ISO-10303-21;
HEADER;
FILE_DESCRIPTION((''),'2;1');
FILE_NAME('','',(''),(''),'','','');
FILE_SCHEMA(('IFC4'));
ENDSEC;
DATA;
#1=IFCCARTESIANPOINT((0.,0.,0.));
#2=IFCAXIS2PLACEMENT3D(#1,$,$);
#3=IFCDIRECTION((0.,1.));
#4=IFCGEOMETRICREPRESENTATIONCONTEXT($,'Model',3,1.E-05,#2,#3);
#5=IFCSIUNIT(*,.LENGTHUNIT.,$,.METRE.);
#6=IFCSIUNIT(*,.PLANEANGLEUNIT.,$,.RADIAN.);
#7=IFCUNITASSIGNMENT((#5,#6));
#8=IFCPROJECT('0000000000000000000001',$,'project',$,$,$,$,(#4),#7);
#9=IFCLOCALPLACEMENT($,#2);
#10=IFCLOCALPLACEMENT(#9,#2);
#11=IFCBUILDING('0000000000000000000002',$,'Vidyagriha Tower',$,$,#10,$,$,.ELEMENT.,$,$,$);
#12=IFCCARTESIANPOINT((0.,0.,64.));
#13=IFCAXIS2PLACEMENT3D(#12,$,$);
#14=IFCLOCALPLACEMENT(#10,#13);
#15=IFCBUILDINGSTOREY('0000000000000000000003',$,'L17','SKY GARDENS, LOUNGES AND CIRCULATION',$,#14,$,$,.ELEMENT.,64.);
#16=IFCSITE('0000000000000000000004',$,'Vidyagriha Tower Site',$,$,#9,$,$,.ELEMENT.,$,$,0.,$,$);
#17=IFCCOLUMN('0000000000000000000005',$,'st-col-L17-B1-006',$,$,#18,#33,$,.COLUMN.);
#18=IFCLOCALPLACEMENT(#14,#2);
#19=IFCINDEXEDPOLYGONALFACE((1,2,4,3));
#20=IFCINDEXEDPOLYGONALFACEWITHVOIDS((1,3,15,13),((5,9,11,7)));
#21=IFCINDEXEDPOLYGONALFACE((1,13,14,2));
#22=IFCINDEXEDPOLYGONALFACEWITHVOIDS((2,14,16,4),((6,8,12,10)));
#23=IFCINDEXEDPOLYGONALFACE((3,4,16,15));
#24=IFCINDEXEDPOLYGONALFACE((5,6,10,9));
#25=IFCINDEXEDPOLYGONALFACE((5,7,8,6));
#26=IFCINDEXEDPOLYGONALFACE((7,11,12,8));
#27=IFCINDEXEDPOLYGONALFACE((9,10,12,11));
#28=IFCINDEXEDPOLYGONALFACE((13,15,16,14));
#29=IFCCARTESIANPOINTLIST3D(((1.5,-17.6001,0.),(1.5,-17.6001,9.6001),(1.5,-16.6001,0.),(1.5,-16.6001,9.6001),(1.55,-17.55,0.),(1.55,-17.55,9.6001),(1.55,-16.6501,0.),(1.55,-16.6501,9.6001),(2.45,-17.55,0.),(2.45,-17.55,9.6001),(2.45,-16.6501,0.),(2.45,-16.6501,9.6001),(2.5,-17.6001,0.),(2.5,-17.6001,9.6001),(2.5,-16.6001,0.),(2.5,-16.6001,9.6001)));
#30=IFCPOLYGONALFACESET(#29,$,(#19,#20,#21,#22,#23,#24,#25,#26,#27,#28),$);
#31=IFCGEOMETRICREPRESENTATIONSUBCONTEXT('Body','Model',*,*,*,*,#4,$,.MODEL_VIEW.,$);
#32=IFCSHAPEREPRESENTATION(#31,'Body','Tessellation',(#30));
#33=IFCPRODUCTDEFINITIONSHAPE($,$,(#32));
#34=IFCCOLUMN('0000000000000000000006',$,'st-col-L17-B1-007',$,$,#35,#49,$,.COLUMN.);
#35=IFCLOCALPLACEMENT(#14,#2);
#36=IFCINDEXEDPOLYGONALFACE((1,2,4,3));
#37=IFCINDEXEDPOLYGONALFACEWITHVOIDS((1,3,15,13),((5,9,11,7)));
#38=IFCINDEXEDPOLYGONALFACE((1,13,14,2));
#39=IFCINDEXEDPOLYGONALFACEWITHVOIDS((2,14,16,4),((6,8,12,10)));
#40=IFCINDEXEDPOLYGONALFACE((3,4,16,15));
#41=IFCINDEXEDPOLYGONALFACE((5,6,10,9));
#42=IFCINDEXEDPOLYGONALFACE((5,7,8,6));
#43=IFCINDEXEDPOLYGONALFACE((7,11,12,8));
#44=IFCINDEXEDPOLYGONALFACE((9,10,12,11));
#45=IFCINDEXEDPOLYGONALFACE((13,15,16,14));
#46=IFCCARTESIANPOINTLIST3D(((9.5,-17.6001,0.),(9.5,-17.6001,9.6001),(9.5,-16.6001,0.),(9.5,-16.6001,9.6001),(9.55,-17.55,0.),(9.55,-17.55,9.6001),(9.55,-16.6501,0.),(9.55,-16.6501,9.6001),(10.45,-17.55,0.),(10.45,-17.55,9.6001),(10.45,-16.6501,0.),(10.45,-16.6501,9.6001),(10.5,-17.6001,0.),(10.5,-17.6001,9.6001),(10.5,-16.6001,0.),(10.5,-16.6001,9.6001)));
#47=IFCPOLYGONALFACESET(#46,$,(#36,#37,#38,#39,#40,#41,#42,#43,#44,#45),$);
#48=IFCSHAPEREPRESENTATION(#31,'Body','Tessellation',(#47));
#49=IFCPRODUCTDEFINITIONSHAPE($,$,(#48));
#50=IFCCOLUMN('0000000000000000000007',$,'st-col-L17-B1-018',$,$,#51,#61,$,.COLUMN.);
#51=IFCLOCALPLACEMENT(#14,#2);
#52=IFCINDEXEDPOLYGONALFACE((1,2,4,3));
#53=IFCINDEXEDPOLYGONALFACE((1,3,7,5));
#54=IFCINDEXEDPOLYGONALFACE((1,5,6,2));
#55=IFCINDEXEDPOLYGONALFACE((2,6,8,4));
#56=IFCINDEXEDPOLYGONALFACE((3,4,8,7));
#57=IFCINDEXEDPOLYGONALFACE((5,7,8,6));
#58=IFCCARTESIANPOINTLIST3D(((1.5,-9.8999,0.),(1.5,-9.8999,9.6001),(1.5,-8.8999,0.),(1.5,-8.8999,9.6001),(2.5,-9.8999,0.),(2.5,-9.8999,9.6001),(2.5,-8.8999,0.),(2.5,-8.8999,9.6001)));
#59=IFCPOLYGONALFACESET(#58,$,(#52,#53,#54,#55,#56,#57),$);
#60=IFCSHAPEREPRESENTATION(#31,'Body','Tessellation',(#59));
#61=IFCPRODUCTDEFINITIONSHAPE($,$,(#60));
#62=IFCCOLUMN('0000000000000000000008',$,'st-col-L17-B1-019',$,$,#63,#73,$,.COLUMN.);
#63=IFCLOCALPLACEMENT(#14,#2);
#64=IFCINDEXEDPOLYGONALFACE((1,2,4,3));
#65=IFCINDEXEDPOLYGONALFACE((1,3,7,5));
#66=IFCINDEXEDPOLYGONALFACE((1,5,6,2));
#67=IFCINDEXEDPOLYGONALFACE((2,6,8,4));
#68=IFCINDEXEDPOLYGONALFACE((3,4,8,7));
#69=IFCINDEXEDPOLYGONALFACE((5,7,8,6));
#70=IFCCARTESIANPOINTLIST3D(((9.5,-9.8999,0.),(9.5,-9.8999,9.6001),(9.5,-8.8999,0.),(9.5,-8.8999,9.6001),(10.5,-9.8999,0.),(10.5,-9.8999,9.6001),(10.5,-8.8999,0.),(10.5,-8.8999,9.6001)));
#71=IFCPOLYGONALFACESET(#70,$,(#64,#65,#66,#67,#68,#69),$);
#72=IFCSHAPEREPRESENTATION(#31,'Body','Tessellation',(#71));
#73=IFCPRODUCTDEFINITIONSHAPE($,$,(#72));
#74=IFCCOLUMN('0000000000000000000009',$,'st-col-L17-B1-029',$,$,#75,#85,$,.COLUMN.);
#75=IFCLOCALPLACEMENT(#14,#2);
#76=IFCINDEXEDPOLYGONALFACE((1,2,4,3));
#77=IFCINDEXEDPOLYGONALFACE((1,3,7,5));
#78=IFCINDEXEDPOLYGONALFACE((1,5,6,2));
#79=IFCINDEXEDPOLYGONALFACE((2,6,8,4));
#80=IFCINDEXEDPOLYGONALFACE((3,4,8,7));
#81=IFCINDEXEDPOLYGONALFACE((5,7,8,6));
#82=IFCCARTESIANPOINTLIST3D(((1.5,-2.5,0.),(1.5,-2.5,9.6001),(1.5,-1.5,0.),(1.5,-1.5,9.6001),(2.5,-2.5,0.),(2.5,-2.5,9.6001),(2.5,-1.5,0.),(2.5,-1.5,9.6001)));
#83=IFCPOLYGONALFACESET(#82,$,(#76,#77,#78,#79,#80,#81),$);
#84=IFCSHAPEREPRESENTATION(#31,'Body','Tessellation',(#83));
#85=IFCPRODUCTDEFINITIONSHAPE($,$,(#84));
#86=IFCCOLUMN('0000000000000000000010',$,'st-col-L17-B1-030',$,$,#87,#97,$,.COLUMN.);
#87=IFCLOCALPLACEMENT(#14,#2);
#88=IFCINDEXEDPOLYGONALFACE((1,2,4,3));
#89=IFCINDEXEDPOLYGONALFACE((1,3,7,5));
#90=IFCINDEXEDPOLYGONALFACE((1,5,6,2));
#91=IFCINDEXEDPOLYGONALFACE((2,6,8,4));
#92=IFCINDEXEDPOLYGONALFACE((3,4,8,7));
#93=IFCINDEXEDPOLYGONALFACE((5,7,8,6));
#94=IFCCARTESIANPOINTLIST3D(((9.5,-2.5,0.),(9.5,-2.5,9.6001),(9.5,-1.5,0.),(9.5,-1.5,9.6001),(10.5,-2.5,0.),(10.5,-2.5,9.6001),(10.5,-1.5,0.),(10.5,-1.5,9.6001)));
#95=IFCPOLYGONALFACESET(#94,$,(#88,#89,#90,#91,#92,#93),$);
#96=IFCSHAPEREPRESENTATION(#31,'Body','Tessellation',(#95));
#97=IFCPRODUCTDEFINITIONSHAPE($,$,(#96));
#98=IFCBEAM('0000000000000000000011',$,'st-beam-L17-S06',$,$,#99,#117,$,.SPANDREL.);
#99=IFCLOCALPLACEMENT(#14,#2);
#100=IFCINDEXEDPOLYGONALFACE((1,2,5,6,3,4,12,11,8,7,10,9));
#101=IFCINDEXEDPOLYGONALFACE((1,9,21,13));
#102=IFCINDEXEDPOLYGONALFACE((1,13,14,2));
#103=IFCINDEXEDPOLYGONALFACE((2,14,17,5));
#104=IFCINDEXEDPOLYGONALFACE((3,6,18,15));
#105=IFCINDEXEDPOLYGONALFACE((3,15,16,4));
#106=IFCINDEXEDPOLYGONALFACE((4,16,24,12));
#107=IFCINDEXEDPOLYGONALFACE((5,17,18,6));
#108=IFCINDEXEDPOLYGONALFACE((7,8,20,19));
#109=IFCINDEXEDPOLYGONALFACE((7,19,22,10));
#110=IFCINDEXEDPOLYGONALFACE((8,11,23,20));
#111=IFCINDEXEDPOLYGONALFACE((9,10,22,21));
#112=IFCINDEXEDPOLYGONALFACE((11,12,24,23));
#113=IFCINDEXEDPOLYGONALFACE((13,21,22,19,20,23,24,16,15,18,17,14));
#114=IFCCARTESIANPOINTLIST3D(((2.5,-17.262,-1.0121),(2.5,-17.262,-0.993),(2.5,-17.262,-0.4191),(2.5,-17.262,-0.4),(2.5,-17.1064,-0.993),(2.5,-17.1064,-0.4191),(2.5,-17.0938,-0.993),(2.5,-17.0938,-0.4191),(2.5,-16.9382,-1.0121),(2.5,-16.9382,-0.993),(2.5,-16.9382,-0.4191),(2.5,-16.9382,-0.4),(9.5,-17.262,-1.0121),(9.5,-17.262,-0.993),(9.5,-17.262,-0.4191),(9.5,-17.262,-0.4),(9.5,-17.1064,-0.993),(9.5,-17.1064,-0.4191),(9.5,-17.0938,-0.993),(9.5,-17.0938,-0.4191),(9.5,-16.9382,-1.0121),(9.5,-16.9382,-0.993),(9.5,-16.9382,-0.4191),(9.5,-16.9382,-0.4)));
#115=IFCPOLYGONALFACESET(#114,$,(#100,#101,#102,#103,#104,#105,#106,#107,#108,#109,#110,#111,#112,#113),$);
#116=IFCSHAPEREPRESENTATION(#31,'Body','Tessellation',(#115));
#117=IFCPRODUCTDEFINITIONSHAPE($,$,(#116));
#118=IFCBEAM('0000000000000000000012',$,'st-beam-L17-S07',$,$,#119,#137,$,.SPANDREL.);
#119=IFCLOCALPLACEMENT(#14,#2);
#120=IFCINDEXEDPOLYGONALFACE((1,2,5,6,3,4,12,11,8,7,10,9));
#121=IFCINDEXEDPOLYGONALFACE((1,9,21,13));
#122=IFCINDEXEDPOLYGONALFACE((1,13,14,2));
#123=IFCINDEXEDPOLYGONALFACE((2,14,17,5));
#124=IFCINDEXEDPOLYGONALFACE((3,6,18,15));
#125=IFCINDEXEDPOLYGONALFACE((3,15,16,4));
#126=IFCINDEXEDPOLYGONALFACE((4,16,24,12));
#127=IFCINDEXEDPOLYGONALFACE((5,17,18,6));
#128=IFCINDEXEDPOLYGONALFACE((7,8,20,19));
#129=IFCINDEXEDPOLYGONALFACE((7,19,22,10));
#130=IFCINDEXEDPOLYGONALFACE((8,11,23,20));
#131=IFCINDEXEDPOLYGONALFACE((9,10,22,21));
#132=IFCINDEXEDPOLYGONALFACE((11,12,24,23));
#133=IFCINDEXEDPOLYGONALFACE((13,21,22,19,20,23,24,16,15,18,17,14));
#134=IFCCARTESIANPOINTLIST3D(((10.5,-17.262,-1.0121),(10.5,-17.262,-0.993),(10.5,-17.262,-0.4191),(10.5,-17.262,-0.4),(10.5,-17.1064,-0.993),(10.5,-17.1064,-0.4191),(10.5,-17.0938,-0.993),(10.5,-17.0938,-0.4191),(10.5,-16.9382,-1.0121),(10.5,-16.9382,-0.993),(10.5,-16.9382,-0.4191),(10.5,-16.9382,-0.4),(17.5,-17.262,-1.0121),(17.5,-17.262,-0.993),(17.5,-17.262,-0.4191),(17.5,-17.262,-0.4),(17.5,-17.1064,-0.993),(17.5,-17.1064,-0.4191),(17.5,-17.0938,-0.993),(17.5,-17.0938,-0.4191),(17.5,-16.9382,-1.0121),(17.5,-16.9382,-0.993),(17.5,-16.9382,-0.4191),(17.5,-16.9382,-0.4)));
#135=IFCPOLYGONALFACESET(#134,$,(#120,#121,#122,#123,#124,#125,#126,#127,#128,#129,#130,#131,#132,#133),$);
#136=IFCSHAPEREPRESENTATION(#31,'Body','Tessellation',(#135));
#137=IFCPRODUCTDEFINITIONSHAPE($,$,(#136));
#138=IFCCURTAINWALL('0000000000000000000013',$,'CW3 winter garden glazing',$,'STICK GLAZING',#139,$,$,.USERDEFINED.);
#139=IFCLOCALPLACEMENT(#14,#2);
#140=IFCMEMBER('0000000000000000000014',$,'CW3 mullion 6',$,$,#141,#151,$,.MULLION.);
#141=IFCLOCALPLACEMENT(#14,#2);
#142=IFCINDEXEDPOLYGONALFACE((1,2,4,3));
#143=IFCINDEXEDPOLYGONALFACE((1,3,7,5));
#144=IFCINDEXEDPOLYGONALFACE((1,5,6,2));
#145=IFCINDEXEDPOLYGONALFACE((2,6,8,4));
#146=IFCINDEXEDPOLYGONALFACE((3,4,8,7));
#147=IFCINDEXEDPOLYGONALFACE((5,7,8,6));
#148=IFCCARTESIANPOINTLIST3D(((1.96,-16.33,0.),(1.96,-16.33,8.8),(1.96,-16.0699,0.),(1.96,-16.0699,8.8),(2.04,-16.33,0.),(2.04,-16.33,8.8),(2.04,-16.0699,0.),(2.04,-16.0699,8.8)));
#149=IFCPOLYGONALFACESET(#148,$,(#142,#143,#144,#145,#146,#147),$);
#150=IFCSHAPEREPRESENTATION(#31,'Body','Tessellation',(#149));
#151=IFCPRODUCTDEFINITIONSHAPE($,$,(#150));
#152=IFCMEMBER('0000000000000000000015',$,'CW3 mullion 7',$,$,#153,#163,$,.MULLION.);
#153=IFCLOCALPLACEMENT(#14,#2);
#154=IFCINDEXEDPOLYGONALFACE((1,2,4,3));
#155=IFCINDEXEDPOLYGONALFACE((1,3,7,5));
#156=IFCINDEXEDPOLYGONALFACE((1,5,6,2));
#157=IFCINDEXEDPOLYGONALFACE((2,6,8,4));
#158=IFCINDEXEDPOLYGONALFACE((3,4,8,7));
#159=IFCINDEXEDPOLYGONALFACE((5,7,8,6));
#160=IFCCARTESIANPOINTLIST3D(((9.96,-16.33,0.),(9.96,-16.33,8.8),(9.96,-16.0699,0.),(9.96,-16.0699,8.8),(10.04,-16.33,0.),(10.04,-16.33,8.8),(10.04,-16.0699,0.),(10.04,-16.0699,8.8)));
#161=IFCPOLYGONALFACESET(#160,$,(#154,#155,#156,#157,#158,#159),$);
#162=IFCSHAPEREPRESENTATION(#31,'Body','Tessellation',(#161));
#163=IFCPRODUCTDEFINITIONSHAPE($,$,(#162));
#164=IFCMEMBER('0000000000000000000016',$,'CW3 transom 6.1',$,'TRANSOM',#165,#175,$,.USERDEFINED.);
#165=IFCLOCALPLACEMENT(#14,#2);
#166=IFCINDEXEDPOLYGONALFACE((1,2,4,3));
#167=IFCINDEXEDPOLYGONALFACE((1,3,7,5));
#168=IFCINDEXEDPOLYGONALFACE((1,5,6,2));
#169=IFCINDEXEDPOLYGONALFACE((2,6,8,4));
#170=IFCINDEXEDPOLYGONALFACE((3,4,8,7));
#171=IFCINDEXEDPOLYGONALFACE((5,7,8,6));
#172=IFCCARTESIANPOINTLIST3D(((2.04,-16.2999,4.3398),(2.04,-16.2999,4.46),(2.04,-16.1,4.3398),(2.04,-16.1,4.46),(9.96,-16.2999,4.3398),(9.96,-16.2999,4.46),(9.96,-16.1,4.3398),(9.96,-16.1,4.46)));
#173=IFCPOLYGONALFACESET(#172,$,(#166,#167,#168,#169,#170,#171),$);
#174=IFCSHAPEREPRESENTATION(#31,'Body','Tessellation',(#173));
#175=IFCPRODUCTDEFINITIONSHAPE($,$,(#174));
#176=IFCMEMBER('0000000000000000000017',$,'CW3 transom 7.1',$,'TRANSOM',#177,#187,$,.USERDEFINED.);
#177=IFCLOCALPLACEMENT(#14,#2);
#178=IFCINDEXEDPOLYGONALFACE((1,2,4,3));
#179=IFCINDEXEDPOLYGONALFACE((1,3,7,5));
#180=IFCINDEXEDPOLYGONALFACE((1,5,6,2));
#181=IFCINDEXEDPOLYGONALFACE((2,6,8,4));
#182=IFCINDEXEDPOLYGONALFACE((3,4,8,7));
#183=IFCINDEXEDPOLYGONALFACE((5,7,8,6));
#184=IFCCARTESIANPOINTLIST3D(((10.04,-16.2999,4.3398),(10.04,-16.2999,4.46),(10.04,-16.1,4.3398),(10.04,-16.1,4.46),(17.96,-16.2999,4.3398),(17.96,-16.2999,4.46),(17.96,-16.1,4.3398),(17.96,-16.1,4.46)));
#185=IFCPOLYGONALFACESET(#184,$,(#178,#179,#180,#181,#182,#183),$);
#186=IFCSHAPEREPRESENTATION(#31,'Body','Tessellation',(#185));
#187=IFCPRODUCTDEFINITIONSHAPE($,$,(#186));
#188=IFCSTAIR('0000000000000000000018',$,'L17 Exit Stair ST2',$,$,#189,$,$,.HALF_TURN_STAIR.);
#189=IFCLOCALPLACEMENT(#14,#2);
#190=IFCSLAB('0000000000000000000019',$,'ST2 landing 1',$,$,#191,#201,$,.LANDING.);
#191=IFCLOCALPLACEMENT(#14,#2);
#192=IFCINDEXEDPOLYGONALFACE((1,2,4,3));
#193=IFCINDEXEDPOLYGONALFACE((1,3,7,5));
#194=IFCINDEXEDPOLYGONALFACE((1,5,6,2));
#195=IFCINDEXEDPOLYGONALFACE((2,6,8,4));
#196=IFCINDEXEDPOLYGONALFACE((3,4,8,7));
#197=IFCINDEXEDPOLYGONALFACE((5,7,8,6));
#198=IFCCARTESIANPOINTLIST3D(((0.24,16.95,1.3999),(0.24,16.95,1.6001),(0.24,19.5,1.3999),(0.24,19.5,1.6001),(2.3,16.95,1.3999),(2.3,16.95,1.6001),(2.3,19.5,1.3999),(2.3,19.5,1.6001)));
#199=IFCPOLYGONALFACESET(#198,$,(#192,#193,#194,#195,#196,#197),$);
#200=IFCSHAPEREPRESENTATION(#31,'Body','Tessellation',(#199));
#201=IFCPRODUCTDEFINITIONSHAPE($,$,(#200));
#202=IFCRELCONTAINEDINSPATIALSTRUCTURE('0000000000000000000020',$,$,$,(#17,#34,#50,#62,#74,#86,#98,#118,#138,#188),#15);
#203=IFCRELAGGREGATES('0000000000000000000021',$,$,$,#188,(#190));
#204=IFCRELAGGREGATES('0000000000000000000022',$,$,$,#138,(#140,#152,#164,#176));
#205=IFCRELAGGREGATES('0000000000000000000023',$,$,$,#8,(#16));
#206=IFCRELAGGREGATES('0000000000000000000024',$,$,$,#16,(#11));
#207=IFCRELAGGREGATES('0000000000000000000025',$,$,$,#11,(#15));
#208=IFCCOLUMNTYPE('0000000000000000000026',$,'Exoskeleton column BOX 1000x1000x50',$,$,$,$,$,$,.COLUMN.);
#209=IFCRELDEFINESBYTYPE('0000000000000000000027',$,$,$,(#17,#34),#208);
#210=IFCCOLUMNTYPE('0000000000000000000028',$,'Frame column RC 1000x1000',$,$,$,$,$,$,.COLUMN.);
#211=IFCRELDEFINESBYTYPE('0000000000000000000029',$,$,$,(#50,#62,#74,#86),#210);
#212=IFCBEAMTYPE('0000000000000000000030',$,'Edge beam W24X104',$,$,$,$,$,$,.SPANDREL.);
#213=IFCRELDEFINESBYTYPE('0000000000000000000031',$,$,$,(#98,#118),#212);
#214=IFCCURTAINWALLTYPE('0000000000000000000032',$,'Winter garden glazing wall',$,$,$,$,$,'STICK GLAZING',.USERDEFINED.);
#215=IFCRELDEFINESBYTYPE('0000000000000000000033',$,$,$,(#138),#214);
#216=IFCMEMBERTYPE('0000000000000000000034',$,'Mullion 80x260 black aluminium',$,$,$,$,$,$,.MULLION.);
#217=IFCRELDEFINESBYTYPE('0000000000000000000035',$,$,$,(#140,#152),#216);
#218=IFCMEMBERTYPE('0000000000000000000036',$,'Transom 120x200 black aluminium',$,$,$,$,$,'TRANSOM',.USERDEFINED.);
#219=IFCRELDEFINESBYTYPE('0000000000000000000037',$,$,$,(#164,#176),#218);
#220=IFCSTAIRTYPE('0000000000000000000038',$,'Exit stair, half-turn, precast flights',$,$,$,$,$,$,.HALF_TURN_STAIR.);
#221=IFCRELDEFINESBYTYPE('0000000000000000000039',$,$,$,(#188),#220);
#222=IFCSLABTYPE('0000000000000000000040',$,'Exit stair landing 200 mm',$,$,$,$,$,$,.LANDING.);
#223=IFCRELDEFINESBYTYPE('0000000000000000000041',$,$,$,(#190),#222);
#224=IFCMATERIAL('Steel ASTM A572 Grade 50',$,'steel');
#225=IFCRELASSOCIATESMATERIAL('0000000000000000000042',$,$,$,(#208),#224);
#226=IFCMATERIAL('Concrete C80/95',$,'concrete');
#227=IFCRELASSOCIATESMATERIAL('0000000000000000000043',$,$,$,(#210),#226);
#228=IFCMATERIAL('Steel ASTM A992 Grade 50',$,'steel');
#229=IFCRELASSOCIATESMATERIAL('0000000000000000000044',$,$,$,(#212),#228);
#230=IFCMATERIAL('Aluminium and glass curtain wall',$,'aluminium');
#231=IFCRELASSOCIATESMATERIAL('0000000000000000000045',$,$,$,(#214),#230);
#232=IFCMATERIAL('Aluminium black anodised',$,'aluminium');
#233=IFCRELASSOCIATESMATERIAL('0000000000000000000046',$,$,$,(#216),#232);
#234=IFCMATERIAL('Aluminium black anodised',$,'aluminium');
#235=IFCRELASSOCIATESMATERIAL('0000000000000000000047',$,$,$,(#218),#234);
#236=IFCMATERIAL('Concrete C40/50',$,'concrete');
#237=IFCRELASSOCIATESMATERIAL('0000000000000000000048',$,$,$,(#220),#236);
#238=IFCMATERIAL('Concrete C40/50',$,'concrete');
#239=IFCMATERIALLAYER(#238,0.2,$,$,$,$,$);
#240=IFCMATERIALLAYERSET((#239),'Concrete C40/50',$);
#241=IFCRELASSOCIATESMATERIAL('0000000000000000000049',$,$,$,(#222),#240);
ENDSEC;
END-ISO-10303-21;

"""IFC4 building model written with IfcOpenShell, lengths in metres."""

from ifc_helpers import new_model, si_unit, direction, frame, origin, origin_2d, place, context, subcontext, project, spatial, polyline, rectangle, hollow_rectangle, i_section, outline, extrude, material, layer, layer_set, material_profile, profile_set, type_object, element, aggregate, save


model = new_model("IFC4")

# Units and contexts
model_context = context("Model", 3, precision=1e-05, world=origin(), true_north=direction((0.0, 1.0)))
body_context = subcontext(model_context, "Body", "Model", "MODEL_VIEW")
ifc_project = project(units=[si_unit("LENGTHUNIT", "METRE"), si_unit("PLANEANGLEUNIT", "RADIAN")], contexts=[model_context])

# Site, building, storey
site_placement = place(None, origin())
site = spatial("IfcSite", under=ifc_project, at=site_placement, Name="Vidyagriha Tower Site", CompositionType="ELEMENT", RefElevation=0.0)
building_placement = place(site_placement, origin())
building = spatial("IfcBuilding", under=site, at=building_placement, Name="Vidyagriha Tower", CompositionType="ELEMENT")
storey_placement = place(building_placement, frame((0.0, 0.0, 64.0)))
storey = spatial("IfcBuildingStorey", under=building, at=storey_placement, Name="L17", Description="SKY GARDENS, LOUNGES AND CIRCULATION", CompositionType="ELEMENT", Elevation=64.0)

# Columns
ifc_material_1 = material(Name="Steel ASTM A572 Grade 50", Category="steel")
ifc_material_profile_1 = material_profile(ifc_material_1, hollow_rectangle(XDim=1.0, YDim=1.0, WallThickness=0.05, at=origin_2d()), Name="BOX 1000x1000x50")
ifc_profile_set_1 = profile_set([ifc_material_profile_1], Name="Steel ASTM A572 Grade 50")
column_type_1 = type_object("IfcColumnType", Name="Exoskeleton column BOX 1000x1000x50", PredefinedType="COLUMN", material=ifc_profile_set_1)
for number, where, name in (
    (1, (2.0, -17.1001, 0.0), "st-col-L17-B1-006"),
    (2, (10.0, -17.1001, 0.0), "st-col-L17-B1-007"),
):
    element("IfcColumn", number, at=place(storey_placement, frame(where)), inside=storey, type_object=column_type_1, Name=name, PredefinedType="COLUMN", context=body_context, shape_type="SweptSolid", body=[
        extrude(hollow_rectangle(XDim=1.0, YDim=1.0, WallThickness=0.05, at=origin_2d()), origin(), (0.0, 0.0, 1.0), 9.6001),
    ])
ifc_material_2 = material(Name="Concrete C80/95", Category="concrete")
ifc_material_profile_2 = material_profile(ifc_material_2, rectangle(XDim=1.0, YDim=1.0, at=origin_2d()), Name="RC 1000x1000")
ifc_profile_set_2 = profile_set([ifc_material_profile_2], Name="Concrete C80/95")
column_type_2 = type_object("IfcColumnType", Name="Frame column RC 1000x1000", PredefinedType="COLUMN", material=ifc_profile_set_2)
for number, where, name in (
    (3, (2.0, -9.3999, 0.0), "st-col-L17-B1-018"),
    (4, (10.0, -9.3999, 0.0), "st-col-L17-B1-019"),
    (5, (2.0, -2.0, 0.0), "st-col-L17-B1-029"),
    (6, (10.0, -2.0, 0.0), "st-col-L17-B1-030"),
):
    element("IfcColumn", number, at=place(storey_placement, frame(where)), inside=storey, type_object=column_type_2, Name=name, PredefinedType="COLUMN", context=body_context, shape_type="SweptSolid", body=[
        extrude(rectangle(XDim=1.0, YDim=1.0, at=origin_2d()), origin(), (0.0, 0.0, 1.0), 9.6001),
    ])

# Beams
ifc_material_3 = material(Name="Steel ASTM A992 Grade 50", Category="steel")
ifc_material_profile_3 = material_profile(ifc_material_3, i_section(OverallWidth=0.3237, OverallDepth=0.6121, WebThickness=0.0127, FlangeThickness=0.019, at=origin_2d()), Name="W24X104")
ifc_profile_set_3 = profile_set([ifc_material_profile_3], Name="Steel ASTM A992 Grade 50")
beam_type = type_object("IfcBeamType", Name="Edge beam W24X104", PredefinedType="SPANDREL", material=ifc_profile_set_3)
for number, where, z_axis, x_axis, name in (
    (7, (2.5, -17.1001, -0.7061), (1.0, 0.0, 0.0), (0.0, 1.0, 0.0), "st-beam-L17-S06"),
    (8, (10.5, -17.1001, -0.7061), (1.0, 0.0, 0.0), (0.0, 1.0, 0.0), "st-beam-L17-S07"),
):
    element("IfcBeam", number, at=place(storey_placement, frame(where, z_axis=z_axis, x_axis=x_axis)), inside=storey, type_object=beam_type, Name=name, PredefinedType="SPANDREL", context=body_context, shape_type="SweptSolid", body=[
        extrude(i_section(OverallWidth=0.3237, OverallDepth=0.6121, WebThickness=0.0127, FlangeThickness=0.019, at=origin_2d()), origin(), (0.0, 0.0, 1.0), 7.0),
    ])

# Curtain wall, members
ifc_material_4 = material(Name="Aluminium and glass curtain wall", Category="aluminium")
curtain_wall_type = type_object("IfcCurtainWallType", Name="Winter garden glazing wall", ElementType="STICK GLAZING", PredefinedType="USERDEFINED", material=ifc_material_4)
curtain_wall_placement = place(storey_placement, origin())
curtain_wall = element("IfcCurtainWall", 9, at=curtain_wall_placement, inside=storey, type_object=curtain_wall_type, Name="CW3 winter garden glazing", ObjectType="STICK GLAZING", PredefinedType="USERDEFINED")
ifc_material_5 = material(Name="Aluminium black anodised", Category="aluminium")
ifc_material_profile_4 = material_profile(ifc_material_5, rectangle(XDim=0.26, YDim=0.0801, at=origin_2d()), Name="Mullion 80x260 black aluminium")
ifc_profile_set_4 = profile_set([ifc_material_profile_4], Name="Aluminium black anodised")
member_type_1 = type_object("IfcMemberType", Name="Mullion 80x260 black aluminium", PredefinedType="MULLION", material=ifc_profile_set_4)
member_1_placement = place(storey_placement, frame((2.0, -16.2, 0.0), z_axis=(0.0, 0.0, 1.0), x_axis=(0.0, 1.0, 0.0)))
member_1 = element("IfcMember", 10, at=member_1_placement, type_object=member_type_1, Name="CW3 mullion 6", PredefinedType="MULLION", context=body_context, shape_type="SweptSolid", body=[
    extrude(rectangle(XDim=0.26, YDim=0.0801, at=origin_2d()), origin(), (0.0, 0.0, 1.0), 8.8),
])
member_2_placement = place(storey_placement, frame((10.0, -16.2, 0.0), z_axis=(0.0, 0.0, 1.0), x_axis=(0.0, 1.0, 0.0)))
member_2 = element("IfcMember", 11, at=member_2_placement, type_object=member_type_1, Name="CW3 mullion 7", PredefinedType="MULLION", context=body_context, shape_type="SweptSolid", body=[
    extrude(rectangle(XDim=0.26, YDim=0.0801, at=origin_2d()), origin(), (0.0, 0.0, 1.0), 8.8),
])
ifc_material_6 = material(Name="Aluminium black anodised", Category="aluminium")
ifc_material_profile_5 = material_profile(ifc_material_6, rectangle(XDim=0.2, YDim=0.1201, at=origin_2d()), Name="Transom 120x200 black aluminium")
ifc_profile_set_5 = profile_set([ifc_material_profile_5], Name="Aluminium black anodised")
member_type_2 = type_object("IfcMemberType", Name="Transom 120x200 black aluminium", ElementType="TRANSOM", PredefinedType="USERDEFINED", material=ifc_profile_set_5)
member_3_placement = place(storey_placement, frame((2.04, -16.2, 4.3999), z_axis=(1.0, 0.0, 0.0), x_axis=(0.0, 1.0, 0.0)))
member_3 = element("IfcMember", 12, at=member_3_placement, type_object=member_type_2, Name="CW3 transom 6.1", ObjectType="TRANSOM", PredefinedType="USERDEFINED", context=body_context, shape_type="SweptSolid", body=[
    extrude(rectangle(XDim=0.2, YDim=0.1201, at=origin_2d()), origin(), (0.0, 0.0, 1.0), 7.9199),
])
member_4_placement = place(storey_placement, frame((10.04, -16.2, 4.3999), z_axis=(1.0, 0.0, 0.0), x_axis=(0.0, 1.0, 0.0)))
member_4 = element("IfcMember", 13, at=member_4_placement, type_object=member_type_2, Name="CW3 transom 7.1", ObjectType="TRANSOM", PredefinedType="USERDEFINED", context=body_context, shape_type="SweptSolid", body=[
    extrude(rectangle(XDim=0.2, YDim=0.1201, at=origin_2d()), origin(), (0.0, 0.0, 1.0), 7.9199),
])

# Stair, slab
ifc_material_7 = material(Name="Concrete C40/50", Category="concrete")
stair_type = type_object("IfcStairType", Name="Exit stair, half-turn, precast flights", PredefinedType="HALF_TURN_STAIR", material=ifc_material_7)
stair_1_placement = place(storey_placement, origin())
stair_1 = element("IfcStair", 14, at=stair_1_placement, inside=storey, type_object=stair_type, Name="L17 Exit Stair ST2", PredefinedType="HALF_TURN_STAIR")
ifc_material_8 = material(Name="Concrete C40/50", Category="concrete")
ifc_layer_1 = layer(ifc_material_8, 0.2)
ifc_layer_set_1 = layer_set([ifc_layer_1], Name="Concrete C40/50")
slab_type = type_object("IfcSlabType", Name="Exit stair landing 200 mm", PredefinedType="LANDING", material=ifc_layer_set_1)
slab_1_placement = place(storey_placement, frame((0.0, 0.0, 1.3999)))
slab_1 = element("IfcSlab", 15, at=slab_1_placement, type_object=slab_type, Name="ST2 landing 1", PredefinedType="LANDING", context=body_context, shape_type="SweptSolid", body=[
    extrude(outline(polyline([(0.24, 16.95), (2.3, 16.95), (2.3, 19.5), (0.24, 19.5), (0.24, 16.95)])), origin(), (0.0, 0.0, 1.0), 0.2002),
])
aggregate(stair_1, [slab_1])

aggregate(curtain_wall, [member_1, member_2, member_3, member_4])

save(model, "model.ifc")
